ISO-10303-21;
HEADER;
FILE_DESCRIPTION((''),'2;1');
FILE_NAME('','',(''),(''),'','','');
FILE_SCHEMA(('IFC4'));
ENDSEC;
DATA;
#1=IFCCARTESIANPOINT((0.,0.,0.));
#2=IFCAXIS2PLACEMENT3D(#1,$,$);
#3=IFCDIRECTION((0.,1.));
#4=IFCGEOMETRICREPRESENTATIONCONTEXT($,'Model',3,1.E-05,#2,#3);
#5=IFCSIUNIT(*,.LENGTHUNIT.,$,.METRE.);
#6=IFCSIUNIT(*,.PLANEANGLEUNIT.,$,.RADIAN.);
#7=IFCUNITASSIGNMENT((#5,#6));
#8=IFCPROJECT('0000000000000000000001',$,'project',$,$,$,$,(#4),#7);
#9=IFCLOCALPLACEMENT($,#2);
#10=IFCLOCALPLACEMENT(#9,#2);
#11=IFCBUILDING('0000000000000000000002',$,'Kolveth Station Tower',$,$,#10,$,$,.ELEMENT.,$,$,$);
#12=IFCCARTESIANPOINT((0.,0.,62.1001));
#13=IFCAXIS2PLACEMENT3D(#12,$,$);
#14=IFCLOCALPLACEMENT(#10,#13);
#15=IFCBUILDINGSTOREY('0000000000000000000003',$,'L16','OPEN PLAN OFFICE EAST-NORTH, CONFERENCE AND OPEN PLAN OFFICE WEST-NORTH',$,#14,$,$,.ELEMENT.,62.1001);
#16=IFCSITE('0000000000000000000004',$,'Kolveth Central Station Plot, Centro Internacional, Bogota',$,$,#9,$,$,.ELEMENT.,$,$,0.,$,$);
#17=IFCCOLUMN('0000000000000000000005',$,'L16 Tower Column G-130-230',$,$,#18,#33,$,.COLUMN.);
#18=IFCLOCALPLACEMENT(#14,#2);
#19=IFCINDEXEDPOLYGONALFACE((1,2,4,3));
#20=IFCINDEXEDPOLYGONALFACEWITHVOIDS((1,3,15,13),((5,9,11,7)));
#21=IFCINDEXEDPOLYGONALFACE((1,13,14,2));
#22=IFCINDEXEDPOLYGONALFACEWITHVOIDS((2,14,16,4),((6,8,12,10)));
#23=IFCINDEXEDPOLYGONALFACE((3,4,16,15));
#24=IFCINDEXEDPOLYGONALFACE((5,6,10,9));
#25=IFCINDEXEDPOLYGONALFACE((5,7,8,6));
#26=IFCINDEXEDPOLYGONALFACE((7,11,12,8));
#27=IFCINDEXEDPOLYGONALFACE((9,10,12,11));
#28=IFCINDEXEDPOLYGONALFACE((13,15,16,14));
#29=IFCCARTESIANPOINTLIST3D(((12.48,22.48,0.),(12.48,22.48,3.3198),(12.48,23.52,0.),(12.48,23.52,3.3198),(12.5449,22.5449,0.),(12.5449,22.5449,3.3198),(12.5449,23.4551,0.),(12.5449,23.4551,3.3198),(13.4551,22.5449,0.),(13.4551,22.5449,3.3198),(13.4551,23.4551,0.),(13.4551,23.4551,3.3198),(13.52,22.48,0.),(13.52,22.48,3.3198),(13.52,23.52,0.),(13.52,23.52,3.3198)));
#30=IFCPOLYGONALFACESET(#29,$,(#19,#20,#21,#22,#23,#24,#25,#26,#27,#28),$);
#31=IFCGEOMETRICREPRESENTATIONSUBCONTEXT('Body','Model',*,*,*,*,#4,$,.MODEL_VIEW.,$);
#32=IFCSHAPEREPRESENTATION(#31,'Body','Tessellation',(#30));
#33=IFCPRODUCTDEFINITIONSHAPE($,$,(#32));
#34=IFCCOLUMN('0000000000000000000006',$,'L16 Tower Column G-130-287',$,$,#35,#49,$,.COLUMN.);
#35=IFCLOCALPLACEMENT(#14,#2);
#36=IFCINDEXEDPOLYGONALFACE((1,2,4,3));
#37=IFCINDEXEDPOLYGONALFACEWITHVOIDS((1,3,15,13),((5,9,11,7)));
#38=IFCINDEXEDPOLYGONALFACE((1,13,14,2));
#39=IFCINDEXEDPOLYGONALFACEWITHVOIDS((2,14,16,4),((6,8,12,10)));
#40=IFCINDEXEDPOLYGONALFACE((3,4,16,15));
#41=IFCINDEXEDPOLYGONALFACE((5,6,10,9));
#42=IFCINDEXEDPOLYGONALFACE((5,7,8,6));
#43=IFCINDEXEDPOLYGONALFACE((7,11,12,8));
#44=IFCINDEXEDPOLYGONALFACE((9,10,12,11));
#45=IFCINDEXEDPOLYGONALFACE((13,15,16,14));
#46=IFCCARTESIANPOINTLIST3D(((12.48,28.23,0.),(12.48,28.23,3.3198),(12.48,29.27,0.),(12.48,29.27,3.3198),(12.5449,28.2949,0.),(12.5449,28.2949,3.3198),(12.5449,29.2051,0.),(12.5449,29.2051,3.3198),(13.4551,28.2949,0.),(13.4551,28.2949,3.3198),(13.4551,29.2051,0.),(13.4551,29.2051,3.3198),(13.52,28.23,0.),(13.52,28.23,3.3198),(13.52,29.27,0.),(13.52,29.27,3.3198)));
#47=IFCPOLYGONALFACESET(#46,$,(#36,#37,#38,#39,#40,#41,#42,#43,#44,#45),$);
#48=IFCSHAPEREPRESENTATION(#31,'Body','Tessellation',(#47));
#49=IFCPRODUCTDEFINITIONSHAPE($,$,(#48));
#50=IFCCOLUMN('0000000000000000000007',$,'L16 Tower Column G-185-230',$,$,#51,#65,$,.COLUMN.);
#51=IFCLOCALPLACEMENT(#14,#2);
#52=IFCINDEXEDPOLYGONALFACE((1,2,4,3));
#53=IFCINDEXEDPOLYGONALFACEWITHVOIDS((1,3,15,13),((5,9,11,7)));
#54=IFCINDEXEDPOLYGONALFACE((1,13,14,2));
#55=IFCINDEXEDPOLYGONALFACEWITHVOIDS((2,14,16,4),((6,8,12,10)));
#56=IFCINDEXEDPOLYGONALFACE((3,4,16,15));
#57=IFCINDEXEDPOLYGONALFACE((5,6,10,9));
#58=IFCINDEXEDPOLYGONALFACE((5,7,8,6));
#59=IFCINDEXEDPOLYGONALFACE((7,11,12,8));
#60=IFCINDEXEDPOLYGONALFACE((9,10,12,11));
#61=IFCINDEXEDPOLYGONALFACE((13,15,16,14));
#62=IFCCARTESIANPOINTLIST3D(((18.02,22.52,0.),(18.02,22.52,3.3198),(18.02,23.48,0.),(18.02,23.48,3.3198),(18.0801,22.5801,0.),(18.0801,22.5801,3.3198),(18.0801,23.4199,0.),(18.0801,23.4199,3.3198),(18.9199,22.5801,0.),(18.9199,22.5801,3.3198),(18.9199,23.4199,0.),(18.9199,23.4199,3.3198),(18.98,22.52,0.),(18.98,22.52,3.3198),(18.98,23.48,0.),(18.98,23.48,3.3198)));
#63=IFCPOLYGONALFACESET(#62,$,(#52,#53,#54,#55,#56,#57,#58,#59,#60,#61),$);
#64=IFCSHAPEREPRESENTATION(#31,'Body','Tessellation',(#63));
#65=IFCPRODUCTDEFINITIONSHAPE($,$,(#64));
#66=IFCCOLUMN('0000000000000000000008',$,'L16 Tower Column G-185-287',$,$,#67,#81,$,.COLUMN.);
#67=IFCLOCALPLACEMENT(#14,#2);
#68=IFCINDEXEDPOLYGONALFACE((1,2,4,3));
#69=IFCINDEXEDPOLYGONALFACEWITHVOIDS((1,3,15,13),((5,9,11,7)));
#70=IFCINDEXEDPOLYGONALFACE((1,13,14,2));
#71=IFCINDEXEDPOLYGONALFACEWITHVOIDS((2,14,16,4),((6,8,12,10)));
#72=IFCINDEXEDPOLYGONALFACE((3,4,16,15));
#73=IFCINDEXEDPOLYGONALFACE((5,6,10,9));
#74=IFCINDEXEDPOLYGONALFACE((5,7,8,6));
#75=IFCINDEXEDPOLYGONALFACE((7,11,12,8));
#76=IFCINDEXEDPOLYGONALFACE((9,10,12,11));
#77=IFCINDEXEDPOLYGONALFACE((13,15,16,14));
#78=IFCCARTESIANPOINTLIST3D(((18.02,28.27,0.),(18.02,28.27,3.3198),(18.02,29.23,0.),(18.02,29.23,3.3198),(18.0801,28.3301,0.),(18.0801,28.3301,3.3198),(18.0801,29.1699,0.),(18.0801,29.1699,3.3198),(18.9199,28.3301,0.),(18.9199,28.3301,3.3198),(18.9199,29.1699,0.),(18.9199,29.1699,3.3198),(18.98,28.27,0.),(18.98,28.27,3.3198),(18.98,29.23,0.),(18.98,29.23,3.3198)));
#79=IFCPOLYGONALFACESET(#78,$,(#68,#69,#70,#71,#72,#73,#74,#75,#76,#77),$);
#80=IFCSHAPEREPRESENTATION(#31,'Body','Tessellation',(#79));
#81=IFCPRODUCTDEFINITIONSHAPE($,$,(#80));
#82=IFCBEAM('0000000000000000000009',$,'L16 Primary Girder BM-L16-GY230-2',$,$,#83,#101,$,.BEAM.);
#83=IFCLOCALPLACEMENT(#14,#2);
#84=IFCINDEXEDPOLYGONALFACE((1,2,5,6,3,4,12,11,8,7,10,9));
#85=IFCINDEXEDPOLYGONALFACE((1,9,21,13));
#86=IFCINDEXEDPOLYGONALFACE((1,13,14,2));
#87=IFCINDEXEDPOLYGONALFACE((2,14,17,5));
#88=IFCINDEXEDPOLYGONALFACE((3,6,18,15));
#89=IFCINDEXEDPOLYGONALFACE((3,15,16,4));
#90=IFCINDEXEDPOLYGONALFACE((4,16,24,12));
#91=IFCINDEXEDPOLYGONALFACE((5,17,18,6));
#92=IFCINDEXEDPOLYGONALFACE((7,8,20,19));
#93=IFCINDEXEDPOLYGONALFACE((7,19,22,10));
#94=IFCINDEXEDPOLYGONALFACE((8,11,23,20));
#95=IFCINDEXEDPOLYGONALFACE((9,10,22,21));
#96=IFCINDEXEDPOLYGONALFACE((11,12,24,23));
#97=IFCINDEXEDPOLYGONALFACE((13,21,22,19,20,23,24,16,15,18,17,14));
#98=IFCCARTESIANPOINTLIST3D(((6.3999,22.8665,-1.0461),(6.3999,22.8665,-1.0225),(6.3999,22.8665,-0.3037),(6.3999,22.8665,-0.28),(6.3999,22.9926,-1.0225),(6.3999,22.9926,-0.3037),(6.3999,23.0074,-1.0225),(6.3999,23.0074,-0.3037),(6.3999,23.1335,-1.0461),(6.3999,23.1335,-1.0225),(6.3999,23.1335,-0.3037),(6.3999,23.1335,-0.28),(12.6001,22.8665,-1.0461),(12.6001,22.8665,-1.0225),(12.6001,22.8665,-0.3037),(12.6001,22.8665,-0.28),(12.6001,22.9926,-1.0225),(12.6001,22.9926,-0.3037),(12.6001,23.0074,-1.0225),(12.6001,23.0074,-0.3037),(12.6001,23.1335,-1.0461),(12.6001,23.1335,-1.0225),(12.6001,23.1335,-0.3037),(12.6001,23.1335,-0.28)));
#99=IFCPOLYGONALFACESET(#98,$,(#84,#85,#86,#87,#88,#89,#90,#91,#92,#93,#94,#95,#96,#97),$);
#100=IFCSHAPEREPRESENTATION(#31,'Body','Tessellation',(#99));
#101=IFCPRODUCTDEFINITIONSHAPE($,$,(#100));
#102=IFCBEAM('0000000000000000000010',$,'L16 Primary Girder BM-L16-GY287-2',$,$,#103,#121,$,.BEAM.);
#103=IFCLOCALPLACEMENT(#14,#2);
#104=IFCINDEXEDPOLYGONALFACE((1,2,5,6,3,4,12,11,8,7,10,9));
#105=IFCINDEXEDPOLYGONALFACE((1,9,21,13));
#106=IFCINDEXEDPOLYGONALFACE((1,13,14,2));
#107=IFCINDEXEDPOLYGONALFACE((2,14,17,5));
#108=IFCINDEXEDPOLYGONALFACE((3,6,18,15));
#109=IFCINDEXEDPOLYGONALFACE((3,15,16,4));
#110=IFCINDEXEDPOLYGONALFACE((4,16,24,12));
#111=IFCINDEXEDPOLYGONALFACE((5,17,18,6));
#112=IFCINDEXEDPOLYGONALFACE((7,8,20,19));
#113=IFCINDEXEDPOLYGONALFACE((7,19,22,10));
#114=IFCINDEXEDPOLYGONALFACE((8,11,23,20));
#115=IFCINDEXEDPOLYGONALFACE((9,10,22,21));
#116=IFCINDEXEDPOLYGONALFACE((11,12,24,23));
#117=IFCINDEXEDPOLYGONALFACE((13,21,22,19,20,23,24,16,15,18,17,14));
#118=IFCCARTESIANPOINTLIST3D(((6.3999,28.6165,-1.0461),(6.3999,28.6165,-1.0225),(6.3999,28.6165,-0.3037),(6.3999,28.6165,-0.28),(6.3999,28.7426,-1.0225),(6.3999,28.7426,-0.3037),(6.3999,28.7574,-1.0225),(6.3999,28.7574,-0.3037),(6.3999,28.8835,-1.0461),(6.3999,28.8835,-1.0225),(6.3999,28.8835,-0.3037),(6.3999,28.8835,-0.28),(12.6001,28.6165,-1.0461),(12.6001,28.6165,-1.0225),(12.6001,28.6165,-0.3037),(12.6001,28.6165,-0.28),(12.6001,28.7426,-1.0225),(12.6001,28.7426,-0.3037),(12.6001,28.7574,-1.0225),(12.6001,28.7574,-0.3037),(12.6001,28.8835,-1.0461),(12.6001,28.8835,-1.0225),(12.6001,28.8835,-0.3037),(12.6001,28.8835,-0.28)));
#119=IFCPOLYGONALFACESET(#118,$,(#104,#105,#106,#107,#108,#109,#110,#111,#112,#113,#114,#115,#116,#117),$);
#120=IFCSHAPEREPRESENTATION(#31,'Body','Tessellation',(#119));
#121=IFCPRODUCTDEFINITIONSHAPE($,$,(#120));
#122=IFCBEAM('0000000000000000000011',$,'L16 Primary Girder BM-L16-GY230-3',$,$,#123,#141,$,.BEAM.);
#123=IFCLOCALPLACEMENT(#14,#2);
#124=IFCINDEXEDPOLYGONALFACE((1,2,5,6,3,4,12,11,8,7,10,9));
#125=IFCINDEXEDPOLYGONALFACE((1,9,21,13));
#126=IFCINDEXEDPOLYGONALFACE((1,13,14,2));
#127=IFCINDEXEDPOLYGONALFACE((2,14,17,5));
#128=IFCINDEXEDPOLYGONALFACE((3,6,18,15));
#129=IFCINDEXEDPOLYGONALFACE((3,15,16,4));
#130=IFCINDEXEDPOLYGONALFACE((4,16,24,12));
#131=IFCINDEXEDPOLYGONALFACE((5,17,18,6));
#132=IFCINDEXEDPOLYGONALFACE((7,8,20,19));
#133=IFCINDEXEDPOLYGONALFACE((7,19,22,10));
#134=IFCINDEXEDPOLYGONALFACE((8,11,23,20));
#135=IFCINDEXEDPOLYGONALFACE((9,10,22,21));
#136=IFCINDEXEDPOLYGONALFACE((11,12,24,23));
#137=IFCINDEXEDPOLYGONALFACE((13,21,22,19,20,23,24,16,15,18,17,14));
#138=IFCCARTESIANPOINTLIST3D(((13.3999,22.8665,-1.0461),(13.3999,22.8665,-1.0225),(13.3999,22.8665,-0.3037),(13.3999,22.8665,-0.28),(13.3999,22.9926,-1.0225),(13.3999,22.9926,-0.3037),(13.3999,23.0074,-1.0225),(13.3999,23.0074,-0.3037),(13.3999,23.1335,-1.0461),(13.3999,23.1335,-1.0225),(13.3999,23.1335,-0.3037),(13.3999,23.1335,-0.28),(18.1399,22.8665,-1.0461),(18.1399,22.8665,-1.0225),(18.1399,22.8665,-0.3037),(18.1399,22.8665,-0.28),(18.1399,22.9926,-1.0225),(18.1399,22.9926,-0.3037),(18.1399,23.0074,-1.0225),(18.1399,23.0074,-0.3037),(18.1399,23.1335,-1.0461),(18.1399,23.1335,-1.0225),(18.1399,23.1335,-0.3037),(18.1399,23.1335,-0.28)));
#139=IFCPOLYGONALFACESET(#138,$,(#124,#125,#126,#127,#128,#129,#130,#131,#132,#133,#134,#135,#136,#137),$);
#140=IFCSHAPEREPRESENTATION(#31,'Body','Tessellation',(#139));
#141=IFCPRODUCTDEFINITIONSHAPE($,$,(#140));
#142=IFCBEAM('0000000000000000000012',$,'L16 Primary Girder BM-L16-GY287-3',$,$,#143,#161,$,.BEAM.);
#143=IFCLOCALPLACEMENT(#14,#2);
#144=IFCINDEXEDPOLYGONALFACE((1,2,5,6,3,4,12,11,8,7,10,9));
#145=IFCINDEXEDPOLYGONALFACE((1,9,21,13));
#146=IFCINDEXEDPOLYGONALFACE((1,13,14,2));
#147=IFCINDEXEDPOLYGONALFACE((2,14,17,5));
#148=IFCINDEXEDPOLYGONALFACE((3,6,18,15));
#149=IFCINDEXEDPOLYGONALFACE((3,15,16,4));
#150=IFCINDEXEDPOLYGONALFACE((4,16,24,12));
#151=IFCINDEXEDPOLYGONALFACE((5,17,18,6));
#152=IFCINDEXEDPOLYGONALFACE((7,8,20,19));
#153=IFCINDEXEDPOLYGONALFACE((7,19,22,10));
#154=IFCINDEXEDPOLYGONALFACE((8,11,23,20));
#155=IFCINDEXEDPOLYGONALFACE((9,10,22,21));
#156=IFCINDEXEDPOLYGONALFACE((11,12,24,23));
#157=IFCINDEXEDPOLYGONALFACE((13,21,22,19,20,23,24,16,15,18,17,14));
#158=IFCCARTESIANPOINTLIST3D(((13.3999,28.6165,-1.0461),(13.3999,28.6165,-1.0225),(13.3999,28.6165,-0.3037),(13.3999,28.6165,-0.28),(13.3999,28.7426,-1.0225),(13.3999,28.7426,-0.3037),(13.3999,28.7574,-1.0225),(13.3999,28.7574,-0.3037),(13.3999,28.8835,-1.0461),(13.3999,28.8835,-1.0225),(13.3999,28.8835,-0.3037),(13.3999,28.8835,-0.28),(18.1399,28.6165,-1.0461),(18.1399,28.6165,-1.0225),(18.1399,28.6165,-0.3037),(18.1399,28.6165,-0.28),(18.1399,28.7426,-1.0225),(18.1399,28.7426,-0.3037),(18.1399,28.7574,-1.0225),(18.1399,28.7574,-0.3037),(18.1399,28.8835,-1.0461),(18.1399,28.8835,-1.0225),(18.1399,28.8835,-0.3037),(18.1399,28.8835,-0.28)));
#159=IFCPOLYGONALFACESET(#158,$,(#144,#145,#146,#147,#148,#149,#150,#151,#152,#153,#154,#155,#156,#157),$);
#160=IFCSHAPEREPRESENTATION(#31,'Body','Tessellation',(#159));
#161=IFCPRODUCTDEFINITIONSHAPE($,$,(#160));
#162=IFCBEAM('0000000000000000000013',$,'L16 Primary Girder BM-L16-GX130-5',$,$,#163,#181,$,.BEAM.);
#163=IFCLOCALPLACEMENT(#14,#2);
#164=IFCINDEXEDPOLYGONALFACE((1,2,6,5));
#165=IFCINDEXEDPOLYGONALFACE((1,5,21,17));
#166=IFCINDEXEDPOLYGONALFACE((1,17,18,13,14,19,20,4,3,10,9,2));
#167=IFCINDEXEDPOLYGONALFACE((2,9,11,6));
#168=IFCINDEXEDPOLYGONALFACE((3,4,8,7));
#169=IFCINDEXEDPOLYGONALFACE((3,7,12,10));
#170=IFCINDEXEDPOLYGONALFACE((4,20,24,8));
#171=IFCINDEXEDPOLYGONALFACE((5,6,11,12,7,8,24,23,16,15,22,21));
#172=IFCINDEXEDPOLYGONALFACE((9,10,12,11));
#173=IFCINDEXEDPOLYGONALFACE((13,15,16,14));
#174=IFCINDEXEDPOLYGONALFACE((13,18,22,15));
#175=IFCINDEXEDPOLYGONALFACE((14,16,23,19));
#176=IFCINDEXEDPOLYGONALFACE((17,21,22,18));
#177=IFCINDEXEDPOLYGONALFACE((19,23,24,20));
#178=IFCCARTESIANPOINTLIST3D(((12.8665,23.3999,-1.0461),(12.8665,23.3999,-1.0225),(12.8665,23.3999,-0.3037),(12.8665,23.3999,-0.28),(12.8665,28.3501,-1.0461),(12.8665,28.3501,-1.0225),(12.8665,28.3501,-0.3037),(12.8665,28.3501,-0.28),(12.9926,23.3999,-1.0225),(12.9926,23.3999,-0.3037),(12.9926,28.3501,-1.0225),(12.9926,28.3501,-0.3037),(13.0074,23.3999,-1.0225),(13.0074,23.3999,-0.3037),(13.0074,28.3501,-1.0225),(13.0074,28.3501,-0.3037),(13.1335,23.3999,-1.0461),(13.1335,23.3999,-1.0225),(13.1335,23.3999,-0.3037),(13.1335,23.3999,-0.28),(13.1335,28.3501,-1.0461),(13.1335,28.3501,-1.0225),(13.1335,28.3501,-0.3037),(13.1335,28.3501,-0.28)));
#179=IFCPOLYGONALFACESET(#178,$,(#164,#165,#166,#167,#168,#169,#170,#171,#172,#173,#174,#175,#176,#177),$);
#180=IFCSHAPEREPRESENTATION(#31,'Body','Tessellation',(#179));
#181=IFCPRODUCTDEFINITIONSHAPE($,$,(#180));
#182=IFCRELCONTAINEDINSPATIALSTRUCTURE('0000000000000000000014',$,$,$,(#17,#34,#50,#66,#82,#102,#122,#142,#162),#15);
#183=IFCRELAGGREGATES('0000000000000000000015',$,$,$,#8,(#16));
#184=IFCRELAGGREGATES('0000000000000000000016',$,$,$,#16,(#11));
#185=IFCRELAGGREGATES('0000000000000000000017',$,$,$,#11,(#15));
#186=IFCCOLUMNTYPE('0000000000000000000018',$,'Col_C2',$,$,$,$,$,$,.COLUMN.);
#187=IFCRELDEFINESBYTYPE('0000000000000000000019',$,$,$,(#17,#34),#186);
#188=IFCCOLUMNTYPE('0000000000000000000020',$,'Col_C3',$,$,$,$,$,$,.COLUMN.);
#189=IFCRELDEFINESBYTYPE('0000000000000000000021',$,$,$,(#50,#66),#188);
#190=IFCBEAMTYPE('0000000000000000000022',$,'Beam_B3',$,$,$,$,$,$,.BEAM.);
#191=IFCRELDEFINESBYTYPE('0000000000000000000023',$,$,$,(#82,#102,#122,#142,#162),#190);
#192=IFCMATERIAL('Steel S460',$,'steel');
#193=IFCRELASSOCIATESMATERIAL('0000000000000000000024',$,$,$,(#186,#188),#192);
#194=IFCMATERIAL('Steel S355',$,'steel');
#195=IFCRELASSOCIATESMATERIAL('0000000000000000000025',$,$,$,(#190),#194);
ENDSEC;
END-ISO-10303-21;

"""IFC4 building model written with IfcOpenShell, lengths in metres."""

from ifc_helpers import new_model, si_unit, direction, frame, origin, origin_2d, place, context, subcontext, project, spatial, hollow_rectangle, i_section, extrude, source, transform, mapped, material, material_profile, profile_set, type_object, element, save


model = new_model("IFC4")

# Units and contexts
model_context = context("Model", 3, precision=1e-05, world=origin(), true_north=direction((0.0, 1.0)))
body_context = subcontext(model_context, "Body", "Model", "MODEL_VIEW")
ifc_project = project(units=[si_unit("LENGTHUNIT", "METRE"), si_unit("PLANEANGLEUNIT", "RADIAN")], contexts=[model_context])

# Site, building, storey
site_placement = place(None, origin())
site = spatial("IfcSite", under=ifc_project, at=site_placement, Name="Kolveth Central Station Plot, Centro Internacional, Bogota", CompositionType="ELEMENT", RefElevation=0.0)
building_placement = place(site_placement, origin())
building = spatial("IfcBuilding", under=site, at=building_placement, Name="Kolveth Station Tower", CompositionType="ELEMENT")
storey_placement = place(building_placement, frame((0.0, 0.0, 62.1001)))
storey = spatial("IfcBuildingStorey", under=building, at=storey_placement, Name="L16", Description="OPEN PLAN OFFICE EAST-NORTH, CONFERENCE AND OPEN PLAN OFFICE WEST-NORTH", CompositionType="ELEMENT", Elevation=62.1001)

# Columns
ifc_material_1 = material(Name="Steel S460", Category="steel")
ifc_material_profile_1 = material_profile(ifc_material_1, hollow_rectangle(XDim=1.04, YDim=1.04, WallThickness=0.0649, at=origin_2d()), Name="BOX1040x1040x65")
ifc_profile_set_1 = profile_set([ifc_material_profile_1], Name="Steel S460")
column_type_1 = type_object("IfcColumnType", Name="Col_C2", PredefinedType="COLUMN", material=ifc_profile_set_1)
shared_shape_1 = source(origin(), body_context, "Body", "SweptSolid", [
    extrude(hollow_rectangle(XDim=1.04, YDim=1.04, WallThickness=0.0649, at=origin_2d()), origin(), (0.0, 0.0, 1.0), 3.3198),
])
for number, where, z_axis, x_axis, name in (
    (1, (13.0, 23.0, 0.0), (0.0, 0.0, 1.0), (1.0, 0.0, 0.0), "L16 Tower Column G-130-230"),
    (2, (13.0, 28.75, 0.0), (0.0, 0.0, 1.0), (1.0, 0.0, 0.0), "L16 Tower Column G-130-287"),
):
    element("IfcColumn", number, at=place(storey_placement, frame(where, z_axis=z_axis, x_axis=x_axis)), inside=storey, type_object=column_type_1, Name=name, PredefinedType="COLUMN", context=body_context, shape_type="MappedRepresentation", body=[
        mapped(shared_shape_1, transform((0.0, 0.0, 0.0), x_axis=(1.0, 0.0, 0.0), y_axis=(0.0, 1.0, 0.0), z_axis=(0.0, 0.0, 1.0), scale=1.0)),
    ])
ifc_material_profile_2 = material_profile(ifc_material_1, hollow_rectangle(XDim=0.96, YDim=0.96, WallThickness=0.0601, at=origin_2d()), Name="BOX960x960x60")
ifc_profile_set_2 = profile_set([ifc_material_profile_2], Name="Steel S460")
column_type_2 = type_object("IfcColumnType", Name="Col_C3", PredefinedType="COLUMN", material=ifc_profile_set_2)
shared_shape_2 = source(origin(), body_context, "Body", "SweptSolid", [
    extrude(hollow_rectangle(XDim=0.96, YDim=0.96, WallThickness=0.0601, at=origin_2d()), origin(), (0.0, 0.0, 1.0), 3.3198),
])
for number, where, z_axis, x_axis, name in (
    (3, (18.5, 23.0, 0.0), (0.0, 0.0, 1.0), (1.0, 0.0, 0.0), "L16 Tower Column G-185-230"),
    (4, (18.5, 28.75, 0.0), (0.0, 0.0, 1.0), (1.0, 0.0, 0.0), "L16 Tower Column G-185-287"),
):
    element("IfcColumn", number, at=place(storey_placement, frame(where, z_axis=z_axis, x_axis=x_axis)), inside=storey, type_object=column_type_2, Name=name, PredefinedType="COLUMN", context=body_context, shape_type="MappedRepresentation", body=[
        mapped(shared_shape_2, transform((0.0, 0.0, 0.0), x_axis=(1.0, 0.0, 0.0), y_axis=(0.0, 1.0, 0.0), z_axis=(0.0, 0.0, 1.0), scale=1.0)),
    ])

# Beams
ifc_material_2 = material(Name="Steel S355", Category="steel")
ifc_material_profile_3 = material_profile(ifc_material_2, i_section(OverallWidth=0.2671, OverallDepth=0.7661, WebThickness=0.0149, FlangeThickness=0.0237, at=origin_2d()), Name="W760x185")
ifc_profile_set_3 = profile_set([ifc_material_profile_3], Name="Steel S355")
beam_type_1 = type_object("IfcBeamType", Name="Beam_B3", PredefinedType="BEAM", material=ifc_profile_set_3)
shared_shape_3 = source(origin(), body_context, "Body", "SweptSolid", [
    extrude(i_section(OverallWidth=0.2671, OverallDepth=0.7661, WebThickness=0.0149, FlangeThickness=0.0237, at=origin_2d()), origin(), (0.0, 0.0, 1.0), 6.2002),
])
for number, where, z_axis, x_axis, name in (
    (5, (6.3999, 23.0, -0.6631), (1.0, 0.0, 0.0), (0.0, 1.0, 0.0), "L16 Primary Girder BM-L16-GY230-2"),
    (6, (6.3999, 28.75, -0.6631), (1.0, 0.0, 0.0), (0.0, 1.0, 0.0), "L16 Primary Girder BM-L16-GY287-2"),
):
    element("IfcBeam", number, at=place(storey_placement, frame(where, z_axis=z_axis, x_axis=x_axis)), inside=storey, type_object=beam_type_1, Name=name, PredefinedType="BEAM", context=body_context, shape_type="MappedRepresentation", body=[
        mapped(shared_shape_3, transform((0.0, 0.0, 0.0), x_axis=(1.0, 0.0, 0.0), y_axis=(0.0, 1.0, 0.0), z_axis=(0.0, 0.0, 1.0), scale=1.0)),
    ])
shared_shape_4 = source(origin(), body_context, "Body", "SweptSolid", [
    extrude(i_section(OverallWidth=0.2671, OverallDepth=0.7661, WebThickness=0.0149, FlangeThickness=0.0237, at=origin_2d()), origin(), (0.0, 0.0, 1.0), 4.74),
])
for number, where, z_axis, x_axis, name in (
    (7, (13.3999, 23.0, -0.6631), (1.0, 0.0, 0.0), (0.0, 1.0, 0.0), "L16 Primary Girder BM-L16-GY230-3"),
    (8, (13.3999, 28.75, -0.6631), (1.0, 0.0, 0.0), (0.0, 1.0, 0.0), "L16 Primary Girder BM-L16-GY287-3"),
):
    element("IfcBeam", number, at=place(storey_placement, frame(where, z_axis=z_axis, x_axis=x_axis)), inside=storey, type_object=beam_type_1, Name=name, PredefinedType="BEAM", context=body_context, shape_type="MappedRepresentation", body=[
        mapped(shared_shape_4, transform((0.0, 0.0, 0.0), x_axis=(1.0, 0.0, 0.0), y_axis=(0.0, 1.0, 0.0), z_axis=(0.0, 0.0, 1.0), scale=1.0)),
    ])
shared_shape_5 = source(origin(), body_context, "Body", "SweptSolid", [
    extrude(i_section(OverallWidth=0.2671, OverallDepth=0.7661, WebThickness=0.0149, FlangeThickness=0.0237, at=origin_2d()), origin(), (0.0, 0.0, 1.0), 4.9502),
])
beam_1_placement = place(storey_placement, frame((13.0, 23.3999, -0.6631), z_axis=(0.0, 1.0, 0.0), x_axis=(-1.0, 0.0, 0.0)))
element("IfcBeam", 9, at=beam_1_placement, inside=storey, type_object=beam_type_1, Name="L16 Primary Girder BM-L16-GX130-5", PredefinedType="BEAM", context=body_context, shape_type="MappedRepresentation", body=[
    mapped(shared_shape_5, transform((0.0, 0.0, 0.0), x_axis=(1.0, 0.0, 0.0), y_axis=(0.0, 1.0, 0.0), z_axis=(0.0, 0.0, 1.0), scale=1.0)),
])

save(model, "model.ifc")
